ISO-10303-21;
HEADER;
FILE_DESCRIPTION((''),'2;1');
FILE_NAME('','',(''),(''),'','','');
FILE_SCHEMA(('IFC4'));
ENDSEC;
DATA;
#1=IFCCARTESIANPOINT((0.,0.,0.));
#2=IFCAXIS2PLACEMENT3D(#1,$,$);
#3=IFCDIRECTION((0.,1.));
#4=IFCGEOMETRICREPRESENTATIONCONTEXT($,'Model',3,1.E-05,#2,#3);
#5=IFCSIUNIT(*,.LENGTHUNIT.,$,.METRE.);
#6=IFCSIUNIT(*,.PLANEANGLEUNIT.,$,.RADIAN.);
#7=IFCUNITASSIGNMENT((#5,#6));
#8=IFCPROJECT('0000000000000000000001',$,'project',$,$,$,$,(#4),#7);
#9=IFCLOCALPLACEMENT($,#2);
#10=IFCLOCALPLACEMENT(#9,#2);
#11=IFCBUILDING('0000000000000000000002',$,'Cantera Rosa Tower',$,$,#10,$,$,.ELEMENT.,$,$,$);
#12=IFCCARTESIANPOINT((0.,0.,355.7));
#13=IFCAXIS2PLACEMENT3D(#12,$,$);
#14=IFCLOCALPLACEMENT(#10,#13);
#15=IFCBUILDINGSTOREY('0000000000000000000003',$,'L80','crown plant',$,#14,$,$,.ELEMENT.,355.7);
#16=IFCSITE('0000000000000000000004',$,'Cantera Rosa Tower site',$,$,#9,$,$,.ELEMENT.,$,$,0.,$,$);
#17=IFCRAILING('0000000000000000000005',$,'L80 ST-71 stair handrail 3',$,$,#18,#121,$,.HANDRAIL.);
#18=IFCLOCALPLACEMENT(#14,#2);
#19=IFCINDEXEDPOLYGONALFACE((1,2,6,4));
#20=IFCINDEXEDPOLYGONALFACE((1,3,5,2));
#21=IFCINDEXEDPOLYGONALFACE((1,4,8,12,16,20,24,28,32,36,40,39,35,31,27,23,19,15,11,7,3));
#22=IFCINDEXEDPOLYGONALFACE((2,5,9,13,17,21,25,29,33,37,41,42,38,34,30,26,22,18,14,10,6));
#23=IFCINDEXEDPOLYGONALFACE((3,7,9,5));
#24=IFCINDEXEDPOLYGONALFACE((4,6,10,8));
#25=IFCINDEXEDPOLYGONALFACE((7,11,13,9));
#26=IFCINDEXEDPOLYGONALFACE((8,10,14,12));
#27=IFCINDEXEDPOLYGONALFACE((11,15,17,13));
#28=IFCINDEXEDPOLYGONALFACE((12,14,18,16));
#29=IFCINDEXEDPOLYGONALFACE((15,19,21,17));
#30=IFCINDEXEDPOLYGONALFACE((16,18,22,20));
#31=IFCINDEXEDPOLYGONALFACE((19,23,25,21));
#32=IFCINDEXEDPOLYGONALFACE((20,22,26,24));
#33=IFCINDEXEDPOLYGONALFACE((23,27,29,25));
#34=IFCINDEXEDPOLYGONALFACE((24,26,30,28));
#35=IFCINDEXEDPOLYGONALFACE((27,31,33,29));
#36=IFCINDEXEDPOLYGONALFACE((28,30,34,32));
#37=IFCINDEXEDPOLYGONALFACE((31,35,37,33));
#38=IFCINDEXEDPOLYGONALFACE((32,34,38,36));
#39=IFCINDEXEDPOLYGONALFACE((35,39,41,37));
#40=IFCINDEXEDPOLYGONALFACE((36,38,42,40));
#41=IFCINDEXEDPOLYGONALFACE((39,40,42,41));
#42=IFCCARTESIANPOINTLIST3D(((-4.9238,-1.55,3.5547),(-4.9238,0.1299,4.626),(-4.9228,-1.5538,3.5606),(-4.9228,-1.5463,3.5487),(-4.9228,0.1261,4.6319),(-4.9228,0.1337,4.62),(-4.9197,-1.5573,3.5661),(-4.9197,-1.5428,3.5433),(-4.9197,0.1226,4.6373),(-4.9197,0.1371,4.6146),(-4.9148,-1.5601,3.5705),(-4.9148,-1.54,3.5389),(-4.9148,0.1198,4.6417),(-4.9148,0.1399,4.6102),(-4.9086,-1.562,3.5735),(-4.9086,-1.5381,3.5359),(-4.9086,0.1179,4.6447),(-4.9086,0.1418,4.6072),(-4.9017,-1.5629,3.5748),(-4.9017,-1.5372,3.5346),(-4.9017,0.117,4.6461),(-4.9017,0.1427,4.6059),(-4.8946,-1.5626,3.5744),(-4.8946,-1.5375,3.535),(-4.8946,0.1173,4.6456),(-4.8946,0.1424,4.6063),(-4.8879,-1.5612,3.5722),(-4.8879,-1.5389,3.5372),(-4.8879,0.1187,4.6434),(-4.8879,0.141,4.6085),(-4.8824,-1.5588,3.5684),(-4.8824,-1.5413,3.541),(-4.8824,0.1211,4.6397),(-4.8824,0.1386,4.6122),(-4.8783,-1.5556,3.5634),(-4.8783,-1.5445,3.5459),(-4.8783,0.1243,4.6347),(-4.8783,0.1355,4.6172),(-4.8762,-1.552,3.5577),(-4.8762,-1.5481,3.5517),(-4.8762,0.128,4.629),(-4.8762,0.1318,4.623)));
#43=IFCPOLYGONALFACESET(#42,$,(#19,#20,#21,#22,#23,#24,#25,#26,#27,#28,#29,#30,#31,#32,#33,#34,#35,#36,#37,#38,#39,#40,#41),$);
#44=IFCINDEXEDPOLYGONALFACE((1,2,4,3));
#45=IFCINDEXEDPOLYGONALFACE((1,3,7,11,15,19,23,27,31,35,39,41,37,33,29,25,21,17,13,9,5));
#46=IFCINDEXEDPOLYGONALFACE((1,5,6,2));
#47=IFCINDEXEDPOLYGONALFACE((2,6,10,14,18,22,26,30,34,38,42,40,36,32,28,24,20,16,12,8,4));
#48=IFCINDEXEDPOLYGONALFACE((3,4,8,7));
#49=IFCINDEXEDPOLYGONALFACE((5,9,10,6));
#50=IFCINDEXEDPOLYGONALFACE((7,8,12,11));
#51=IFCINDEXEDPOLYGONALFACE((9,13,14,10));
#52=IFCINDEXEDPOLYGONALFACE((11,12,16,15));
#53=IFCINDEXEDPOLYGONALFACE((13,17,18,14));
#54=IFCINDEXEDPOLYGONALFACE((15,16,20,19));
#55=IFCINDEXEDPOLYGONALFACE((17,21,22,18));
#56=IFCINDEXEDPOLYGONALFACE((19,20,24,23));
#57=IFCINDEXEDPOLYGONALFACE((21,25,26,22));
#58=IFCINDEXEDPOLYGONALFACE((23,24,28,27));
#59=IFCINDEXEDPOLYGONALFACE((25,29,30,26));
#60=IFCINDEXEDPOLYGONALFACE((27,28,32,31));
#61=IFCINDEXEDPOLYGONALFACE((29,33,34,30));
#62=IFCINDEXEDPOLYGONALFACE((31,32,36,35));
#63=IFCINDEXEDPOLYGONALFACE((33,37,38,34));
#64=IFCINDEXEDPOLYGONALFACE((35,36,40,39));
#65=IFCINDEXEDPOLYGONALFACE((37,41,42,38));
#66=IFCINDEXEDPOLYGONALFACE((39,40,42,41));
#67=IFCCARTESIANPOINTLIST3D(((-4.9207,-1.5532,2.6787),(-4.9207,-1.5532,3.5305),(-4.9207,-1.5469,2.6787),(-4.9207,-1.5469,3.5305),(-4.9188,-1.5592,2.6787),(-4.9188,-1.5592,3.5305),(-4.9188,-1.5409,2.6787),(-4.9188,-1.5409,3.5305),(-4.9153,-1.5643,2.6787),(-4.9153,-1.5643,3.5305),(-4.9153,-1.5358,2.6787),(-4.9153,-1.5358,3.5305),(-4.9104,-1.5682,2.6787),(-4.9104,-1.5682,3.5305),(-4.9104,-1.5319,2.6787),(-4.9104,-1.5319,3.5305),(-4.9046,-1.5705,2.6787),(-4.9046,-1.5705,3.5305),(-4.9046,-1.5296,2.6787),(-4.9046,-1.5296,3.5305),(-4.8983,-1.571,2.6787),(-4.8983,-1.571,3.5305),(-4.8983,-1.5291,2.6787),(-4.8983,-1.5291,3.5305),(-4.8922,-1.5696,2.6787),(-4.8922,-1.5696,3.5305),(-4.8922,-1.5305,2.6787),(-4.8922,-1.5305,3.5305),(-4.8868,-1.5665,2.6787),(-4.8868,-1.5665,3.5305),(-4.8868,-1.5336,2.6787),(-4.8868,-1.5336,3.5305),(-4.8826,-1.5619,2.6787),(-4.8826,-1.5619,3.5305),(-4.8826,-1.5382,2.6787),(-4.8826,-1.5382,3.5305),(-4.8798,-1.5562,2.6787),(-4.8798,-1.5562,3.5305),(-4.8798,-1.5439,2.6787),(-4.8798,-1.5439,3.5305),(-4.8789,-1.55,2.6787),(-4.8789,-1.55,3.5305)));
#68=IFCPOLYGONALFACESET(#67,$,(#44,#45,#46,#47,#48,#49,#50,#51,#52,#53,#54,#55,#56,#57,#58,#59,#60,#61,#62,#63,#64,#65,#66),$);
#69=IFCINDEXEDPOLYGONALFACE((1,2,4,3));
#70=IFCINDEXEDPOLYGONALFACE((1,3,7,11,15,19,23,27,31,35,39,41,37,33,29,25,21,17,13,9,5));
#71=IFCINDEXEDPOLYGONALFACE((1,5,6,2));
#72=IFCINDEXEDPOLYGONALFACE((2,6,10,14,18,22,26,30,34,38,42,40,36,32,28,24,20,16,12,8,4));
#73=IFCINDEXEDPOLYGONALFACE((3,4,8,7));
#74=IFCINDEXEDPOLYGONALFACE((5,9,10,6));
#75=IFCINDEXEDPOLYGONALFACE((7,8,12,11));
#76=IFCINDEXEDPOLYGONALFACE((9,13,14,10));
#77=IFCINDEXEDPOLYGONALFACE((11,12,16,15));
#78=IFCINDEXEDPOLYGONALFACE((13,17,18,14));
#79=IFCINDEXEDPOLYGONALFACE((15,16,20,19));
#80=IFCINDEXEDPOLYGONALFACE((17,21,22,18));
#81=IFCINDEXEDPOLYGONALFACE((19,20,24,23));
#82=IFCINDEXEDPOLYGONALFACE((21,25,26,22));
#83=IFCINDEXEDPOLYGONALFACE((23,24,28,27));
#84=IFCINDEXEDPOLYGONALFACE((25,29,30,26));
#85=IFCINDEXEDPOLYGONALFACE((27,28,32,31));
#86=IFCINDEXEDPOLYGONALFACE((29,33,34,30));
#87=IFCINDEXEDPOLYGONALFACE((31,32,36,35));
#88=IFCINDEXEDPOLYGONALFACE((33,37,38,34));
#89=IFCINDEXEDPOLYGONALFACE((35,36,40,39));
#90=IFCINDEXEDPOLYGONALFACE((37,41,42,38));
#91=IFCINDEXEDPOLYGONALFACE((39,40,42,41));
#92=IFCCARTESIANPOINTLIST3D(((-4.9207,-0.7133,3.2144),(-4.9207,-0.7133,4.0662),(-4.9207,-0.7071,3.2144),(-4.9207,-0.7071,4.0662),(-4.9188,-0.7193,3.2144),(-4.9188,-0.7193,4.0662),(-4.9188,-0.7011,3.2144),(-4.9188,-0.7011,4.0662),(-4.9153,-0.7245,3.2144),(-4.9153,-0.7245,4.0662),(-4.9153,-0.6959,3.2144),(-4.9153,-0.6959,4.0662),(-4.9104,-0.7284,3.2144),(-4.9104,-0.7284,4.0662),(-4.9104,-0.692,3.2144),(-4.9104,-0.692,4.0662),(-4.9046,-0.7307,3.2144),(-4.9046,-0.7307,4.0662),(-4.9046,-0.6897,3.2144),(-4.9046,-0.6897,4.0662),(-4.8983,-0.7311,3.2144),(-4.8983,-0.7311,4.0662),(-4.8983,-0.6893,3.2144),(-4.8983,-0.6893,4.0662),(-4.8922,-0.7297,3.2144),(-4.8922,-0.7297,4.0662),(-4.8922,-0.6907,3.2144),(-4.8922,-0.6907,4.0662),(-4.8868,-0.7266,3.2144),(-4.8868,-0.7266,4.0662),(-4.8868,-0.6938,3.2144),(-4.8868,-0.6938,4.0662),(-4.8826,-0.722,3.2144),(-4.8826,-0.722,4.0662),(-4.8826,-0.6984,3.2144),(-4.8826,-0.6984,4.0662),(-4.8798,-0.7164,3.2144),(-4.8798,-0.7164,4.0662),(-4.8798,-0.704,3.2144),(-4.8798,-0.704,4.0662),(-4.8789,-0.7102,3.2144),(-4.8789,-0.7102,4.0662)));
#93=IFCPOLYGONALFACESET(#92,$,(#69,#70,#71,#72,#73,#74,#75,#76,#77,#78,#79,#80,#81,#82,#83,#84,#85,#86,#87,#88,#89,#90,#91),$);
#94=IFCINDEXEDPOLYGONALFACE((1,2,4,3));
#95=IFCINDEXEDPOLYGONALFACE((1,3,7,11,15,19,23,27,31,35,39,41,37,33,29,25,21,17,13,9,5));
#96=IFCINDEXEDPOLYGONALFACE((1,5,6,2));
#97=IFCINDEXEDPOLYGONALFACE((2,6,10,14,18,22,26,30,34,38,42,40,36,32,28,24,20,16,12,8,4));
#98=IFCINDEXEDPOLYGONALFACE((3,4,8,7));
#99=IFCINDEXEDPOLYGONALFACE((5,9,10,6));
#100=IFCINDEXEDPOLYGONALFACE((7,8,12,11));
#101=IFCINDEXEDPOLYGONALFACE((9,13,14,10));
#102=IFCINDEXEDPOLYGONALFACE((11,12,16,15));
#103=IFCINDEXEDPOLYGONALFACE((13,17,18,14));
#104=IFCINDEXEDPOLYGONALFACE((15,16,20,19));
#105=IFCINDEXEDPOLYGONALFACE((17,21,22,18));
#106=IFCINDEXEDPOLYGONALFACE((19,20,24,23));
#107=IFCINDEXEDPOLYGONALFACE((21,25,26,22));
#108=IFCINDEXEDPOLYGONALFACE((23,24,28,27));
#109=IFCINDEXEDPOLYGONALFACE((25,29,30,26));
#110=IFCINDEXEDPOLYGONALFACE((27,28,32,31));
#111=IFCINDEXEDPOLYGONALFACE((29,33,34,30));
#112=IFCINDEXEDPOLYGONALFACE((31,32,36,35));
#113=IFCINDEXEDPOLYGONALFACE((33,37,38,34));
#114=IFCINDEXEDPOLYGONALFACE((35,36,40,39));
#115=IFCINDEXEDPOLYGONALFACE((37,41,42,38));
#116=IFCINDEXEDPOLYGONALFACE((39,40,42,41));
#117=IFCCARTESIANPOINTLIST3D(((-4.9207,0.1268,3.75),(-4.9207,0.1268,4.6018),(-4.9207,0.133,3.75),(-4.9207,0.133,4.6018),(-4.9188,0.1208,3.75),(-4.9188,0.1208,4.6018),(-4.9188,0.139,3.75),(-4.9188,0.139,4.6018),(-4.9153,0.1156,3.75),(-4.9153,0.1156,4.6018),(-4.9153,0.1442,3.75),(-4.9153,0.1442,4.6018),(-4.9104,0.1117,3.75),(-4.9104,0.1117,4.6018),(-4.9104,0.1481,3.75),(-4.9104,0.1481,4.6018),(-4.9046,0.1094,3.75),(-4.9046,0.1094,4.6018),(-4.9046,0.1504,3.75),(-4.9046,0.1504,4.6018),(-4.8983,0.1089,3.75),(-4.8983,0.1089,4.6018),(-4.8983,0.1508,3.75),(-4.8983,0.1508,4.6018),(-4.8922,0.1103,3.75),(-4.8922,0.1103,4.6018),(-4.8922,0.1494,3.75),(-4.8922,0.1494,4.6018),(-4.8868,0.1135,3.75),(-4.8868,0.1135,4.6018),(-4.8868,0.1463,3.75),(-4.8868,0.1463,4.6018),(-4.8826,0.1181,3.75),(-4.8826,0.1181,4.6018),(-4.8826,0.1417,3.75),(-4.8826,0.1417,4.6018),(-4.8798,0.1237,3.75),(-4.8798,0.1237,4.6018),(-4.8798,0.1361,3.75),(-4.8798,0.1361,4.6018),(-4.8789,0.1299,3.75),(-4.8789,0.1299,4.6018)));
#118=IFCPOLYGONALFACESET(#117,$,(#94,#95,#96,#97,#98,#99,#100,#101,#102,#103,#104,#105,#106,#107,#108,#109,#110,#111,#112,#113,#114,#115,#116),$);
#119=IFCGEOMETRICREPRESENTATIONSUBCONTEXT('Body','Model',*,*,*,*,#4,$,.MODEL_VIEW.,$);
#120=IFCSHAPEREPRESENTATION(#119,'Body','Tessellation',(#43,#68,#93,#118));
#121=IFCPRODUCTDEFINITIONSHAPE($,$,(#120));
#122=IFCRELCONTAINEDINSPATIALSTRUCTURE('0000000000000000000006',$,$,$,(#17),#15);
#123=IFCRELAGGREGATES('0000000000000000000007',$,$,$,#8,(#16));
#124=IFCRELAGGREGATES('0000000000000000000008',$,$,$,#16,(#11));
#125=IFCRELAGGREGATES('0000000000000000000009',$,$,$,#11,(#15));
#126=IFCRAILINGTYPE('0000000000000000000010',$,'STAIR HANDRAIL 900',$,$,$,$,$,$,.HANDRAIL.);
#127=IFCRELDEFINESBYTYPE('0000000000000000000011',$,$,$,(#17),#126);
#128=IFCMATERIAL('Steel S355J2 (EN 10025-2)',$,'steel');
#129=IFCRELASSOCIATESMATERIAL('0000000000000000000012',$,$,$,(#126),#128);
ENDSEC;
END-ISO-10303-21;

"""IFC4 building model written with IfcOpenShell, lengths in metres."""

from ifc_helpers import new_model, si_unit, direction, frame, origin, origin_2d, place, context, subcontext, project, spatial, circle, extrude, material, type_object, element, save


model = new_model("IFC4")

# Units and contexts
model_context = context("Model", 3, precision=1e-05, world=origin(), true_north=direction((0.0, 1.0)))
body_context = subcontext(model_context, "Body", "Model", "MODEL_VIEW")
ifc_project = project(units=[si_unit("LENGTHUNIT", "METRE"), si_unit("PLANEANGLEUNIT", "RADIAN")], contexts=[model_context])

# Site, building, storey
site_placement = place(None, origin())
site = spatial("IfcSite", under=ifc_project, at=site_placement, Name="Cantera Rosa Tower site", CompositionType="ELEMENT", RefElevation=0.0)
building_placement = place(site_placement, origin())
building = spatial("IfcBuilding", under=site, at=building_placement, Name="Cantera Rosa Tower", CompositionType="ELEMENT")
storey_placement = place(building_placement, frame((0.0, 0.0, 355.7)))
storey = spatial("IfcBuildingStorey", under=building, at=storey_placement, Name="L80", Description="crown plant", CompositionType="ELEMENT", Elevation=355.7)

# Railing
ifc_material_1 = material(Name="Steel S355J2 (EN 10025-2)", Category="steel")
railing_type_1 = type_object("IfcRailingType", Name="STAIR HANDRAIL 900", PredefinedType="HANDRAIL", material=ifc_material_1)
for number, where, name in (
    (1, (-4.8999, -1.55, 2.6787), "L80 ST-71 stair handrail 3"),
):
    element("IfcRailing", number, at=place(storey_placement, frame(where)), inside=storey, type_object=railing_type_1, Name=name, PredefinedType="HANDRAIL", context=body_context, shape_type="SweptSolid", body=[
        extrude(circle(Radius=0.0239, at=origin_2d()), frame((0.0, 0.0, 0.876), z_axis=(0.0, 0.843152, 0.537676), x_axis=(-1.0, 0.0, 0.0)), (0.0, 0.0, 1.0), 1.9924),
        extrude(circle(Radius=0.021, at=origin_2d()), origin(), (0.0, 0.0, 1.0), 0.8518),
        extrude(circle(Radius=0.021, at=origin_2d()), frame((0.0, 0.8398, 0.5356)), (0.0, 0.0, 1.0), 0.8518),
        extrude(circle(Radius=0.021, at=origin_2d()), frame((0.0, 1.6799, 1.0713)), (0.0, 0.0, 1.0), 0.8518),
    ])

save(model, "model.ifc")
